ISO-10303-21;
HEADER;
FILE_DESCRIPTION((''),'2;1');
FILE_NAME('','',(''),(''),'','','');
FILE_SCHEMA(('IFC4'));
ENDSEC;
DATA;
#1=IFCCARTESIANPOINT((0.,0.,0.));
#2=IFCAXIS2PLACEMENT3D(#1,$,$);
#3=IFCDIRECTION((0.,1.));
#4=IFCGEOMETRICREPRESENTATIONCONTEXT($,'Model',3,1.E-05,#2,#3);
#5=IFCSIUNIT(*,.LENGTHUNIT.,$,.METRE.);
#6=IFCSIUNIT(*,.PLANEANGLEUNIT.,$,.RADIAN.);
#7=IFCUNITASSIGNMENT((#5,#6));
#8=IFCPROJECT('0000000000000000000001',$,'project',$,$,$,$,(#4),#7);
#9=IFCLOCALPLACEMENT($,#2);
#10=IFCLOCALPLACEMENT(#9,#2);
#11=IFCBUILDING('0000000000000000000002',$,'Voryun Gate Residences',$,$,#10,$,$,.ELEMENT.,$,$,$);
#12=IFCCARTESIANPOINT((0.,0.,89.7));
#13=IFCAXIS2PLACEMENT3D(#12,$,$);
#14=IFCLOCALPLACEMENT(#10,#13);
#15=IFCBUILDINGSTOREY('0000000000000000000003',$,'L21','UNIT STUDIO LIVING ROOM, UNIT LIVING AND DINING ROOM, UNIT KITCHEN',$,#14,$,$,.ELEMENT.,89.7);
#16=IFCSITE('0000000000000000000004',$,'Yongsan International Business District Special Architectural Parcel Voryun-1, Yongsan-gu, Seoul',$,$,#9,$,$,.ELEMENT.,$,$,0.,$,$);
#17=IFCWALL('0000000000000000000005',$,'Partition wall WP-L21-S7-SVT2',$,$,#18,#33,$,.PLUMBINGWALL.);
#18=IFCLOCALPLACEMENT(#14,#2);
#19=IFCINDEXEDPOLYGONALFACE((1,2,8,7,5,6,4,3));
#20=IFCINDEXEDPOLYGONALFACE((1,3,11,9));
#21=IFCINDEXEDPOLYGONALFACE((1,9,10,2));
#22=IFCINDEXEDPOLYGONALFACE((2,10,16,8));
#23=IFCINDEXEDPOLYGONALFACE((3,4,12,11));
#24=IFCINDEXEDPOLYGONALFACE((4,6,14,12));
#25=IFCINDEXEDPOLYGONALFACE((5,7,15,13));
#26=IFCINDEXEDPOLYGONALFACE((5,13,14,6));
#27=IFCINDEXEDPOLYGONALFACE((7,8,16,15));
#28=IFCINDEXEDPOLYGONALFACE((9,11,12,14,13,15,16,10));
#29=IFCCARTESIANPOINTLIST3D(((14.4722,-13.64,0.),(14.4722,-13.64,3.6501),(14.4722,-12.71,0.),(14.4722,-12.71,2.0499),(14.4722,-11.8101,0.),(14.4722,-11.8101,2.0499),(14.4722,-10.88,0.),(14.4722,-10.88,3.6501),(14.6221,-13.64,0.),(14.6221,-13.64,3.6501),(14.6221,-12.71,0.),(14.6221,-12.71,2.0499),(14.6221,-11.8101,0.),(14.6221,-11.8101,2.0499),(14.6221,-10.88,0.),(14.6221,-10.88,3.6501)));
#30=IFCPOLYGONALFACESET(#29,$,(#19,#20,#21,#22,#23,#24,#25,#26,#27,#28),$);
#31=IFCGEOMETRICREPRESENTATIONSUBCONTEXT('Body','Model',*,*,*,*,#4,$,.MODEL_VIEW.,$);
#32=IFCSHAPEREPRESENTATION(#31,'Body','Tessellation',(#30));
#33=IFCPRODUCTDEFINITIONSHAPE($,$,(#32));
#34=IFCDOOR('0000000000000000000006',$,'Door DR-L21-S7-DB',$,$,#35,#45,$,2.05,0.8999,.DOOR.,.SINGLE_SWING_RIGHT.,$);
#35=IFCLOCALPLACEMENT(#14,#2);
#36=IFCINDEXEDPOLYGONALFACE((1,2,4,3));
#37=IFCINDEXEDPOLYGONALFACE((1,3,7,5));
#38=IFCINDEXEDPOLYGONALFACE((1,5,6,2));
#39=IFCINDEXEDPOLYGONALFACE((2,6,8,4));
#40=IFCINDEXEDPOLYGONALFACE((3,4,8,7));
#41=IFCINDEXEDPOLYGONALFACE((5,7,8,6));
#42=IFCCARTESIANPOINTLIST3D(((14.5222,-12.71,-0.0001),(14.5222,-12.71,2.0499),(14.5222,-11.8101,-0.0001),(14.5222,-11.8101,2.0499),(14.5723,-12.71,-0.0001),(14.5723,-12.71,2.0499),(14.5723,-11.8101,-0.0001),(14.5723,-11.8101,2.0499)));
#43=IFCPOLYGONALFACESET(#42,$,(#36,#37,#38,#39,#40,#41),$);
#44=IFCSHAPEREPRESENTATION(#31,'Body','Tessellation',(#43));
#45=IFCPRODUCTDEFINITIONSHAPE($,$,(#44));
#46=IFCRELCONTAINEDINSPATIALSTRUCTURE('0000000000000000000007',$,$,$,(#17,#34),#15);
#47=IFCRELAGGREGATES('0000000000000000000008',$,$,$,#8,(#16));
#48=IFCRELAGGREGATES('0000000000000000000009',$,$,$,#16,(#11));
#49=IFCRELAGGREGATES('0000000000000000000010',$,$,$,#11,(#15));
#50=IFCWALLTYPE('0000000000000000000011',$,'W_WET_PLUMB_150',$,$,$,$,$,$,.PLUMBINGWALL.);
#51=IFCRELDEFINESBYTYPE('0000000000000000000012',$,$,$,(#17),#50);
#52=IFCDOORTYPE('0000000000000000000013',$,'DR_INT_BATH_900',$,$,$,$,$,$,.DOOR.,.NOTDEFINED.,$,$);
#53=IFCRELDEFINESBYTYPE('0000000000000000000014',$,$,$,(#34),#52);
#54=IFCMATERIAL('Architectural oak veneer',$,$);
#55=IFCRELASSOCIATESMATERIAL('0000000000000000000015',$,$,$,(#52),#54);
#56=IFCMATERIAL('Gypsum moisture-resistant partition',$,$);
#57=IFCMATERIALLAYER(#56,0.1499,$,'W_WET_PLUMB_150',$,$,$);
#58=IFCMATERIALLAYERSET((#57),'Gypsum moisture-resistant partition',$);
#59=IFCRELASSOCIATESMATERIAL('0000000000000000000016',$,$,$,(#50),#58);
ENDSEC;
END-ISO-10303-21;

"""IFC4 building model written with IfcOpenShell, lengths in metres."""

from ifc_helpers import new_model, si_unit, direction, frame, frame_2d, origin, place, context, subcontext, project, spatial, rectangle, extrude, material, layer, layer_set, type_object, element, fill, save


model = new_model("IFC4")

# Units and contexts
model_context = context("Model", 3, precision=1e-05, world=origin(), true_north=direction((0.0, 1.0)))
body_context = subcontext(model_context, "Body", "Model", "MODEL_VIEW")
ifc_project = project(units=[si_unit("LENGTHUNIT", "METRE"), si_unit("PLANEANGLEUNIT", "RADIAN")], contexts=[model_context])

# Site, building, storey
site_placement = place(None, origin())
site = spatial("IfcSite", under=ifc_project, at=site_placement, Name="Yongsan International Business District Special Architectural Parcel Voryun-1, Yongsan-gu, Seoul", CompositionType="ELEMENT", RefElevation=0.0)
building_placement = place(site_placement, origin())
building = spatial("IfcBuilding", under=site, at=building_placement, Name="Voryun Gate Residences", CompositionType="ELEMENT")
storey_placement = place(building_placement, frame((0.0, 0.0, 89.7)))
storey = spatial("IfcBuildingStorey", under=building, at=storey_placement, Name="L21", Description="UNIT STUDIO LIVING ROOM, UNIT LIVING AND DINING ROOM, UNIT KITCHEN", CompositionType="ELEMENT", Elevation=89.7)

# Shared definitions
ifc_material_1 = material(Name="Architectural oak veneer")
door_type_1 = type_object("IfcDoorType", Name="DR_INT_BATH_900", OperationType="NOTDEFINED", PredefinedType="DOOR", material=ifc_material_1)

# Shared definitions
ifc_material_2 = material(Name="Gypsum moisture-resistant partition")
ifc_layer_1 = layer(ifc_material_2, 0.1499, Name="W_WET_PLUMB_150")
ifc_layer_set_1 = layer_set([ifc_layer_1], Name="Gypsum moisture-resistant partition")
wall_type_1 = type_object("IfcWallType", Name="W_WET_PLUMB_150", PredefinedType="PLUMBINGWALL", material=ifc_layer_set_1)

# Wall, opening, door
wall_1_placement = place(storey_placement, frame((14.5471, -13.6399, 0.0), z_axis=(0.0, 0.0, 1.0), x_axis=(0.0, 1.0, 0.0)))
wall_1 = element("IfcWall", 1, at=wall_1_placement, inside=storey, type_object=wall_type_1, Name="Partition wall WP-L21-S7-SVT2", PredefinedType="PLUMBINGWALL", context=body_context, shape_type="SweptSolid", body=[
    extrude(rectangle(XDim=2.76, YDim=0.1499, at=frame_2d((1.3799, 0.0))), origin(), (0.0, 0.0, 1.0), 3.6501),
])
opening_1_placement = place(wall_1_placement, frame((0.9299, 0.0, 0.0)))
opening_1 = element("IfcOpeningElement", 2, at=opening_1_placement, cuts=wall_1, PredefinedType="OPENING", context=body_context, shape_type="SweptSolid", body=[
    extrude(rectangle(XDim=0.8999, YDim=2.05, at=frame_2d((0.45, 1.0249))), frame((0.0, 0.085, 0.0), z_axis=(0.0, -1.0, 0.0), x_axis=(1.0, 0.0, 0.0)), (0.0, 0.0, 1.0), 0.1699),
])
door_1_placement = place(opening_1_placement, origin())
door_1 = element("IfcDoor", 3, at=door_1_placement, inside=storey, type_object=door_type_1, Name="Door DR-L21-S7-DB", OperationType="SINGLE_SWING_RIGHT", OverallHeight=2.05, OverallWidth=0.8999, PredefinedType="DOOR", context=body_context, shape_type="SweptSolid", body=[
    extrude(rectangle(XDim=0.8999, YDim=2.05, at=frame_2d((0.45, 1.0249))), frame((0.0, 0.0249, 0.0), z_axis=(0.0, -1.0, 0.0), x_axis=(1.0, 0.0, 0.0)), (0.0, 0.0, 1.0), 0.05),
])
fill(opening_1, door_1)

save(model, "model.ifc")
